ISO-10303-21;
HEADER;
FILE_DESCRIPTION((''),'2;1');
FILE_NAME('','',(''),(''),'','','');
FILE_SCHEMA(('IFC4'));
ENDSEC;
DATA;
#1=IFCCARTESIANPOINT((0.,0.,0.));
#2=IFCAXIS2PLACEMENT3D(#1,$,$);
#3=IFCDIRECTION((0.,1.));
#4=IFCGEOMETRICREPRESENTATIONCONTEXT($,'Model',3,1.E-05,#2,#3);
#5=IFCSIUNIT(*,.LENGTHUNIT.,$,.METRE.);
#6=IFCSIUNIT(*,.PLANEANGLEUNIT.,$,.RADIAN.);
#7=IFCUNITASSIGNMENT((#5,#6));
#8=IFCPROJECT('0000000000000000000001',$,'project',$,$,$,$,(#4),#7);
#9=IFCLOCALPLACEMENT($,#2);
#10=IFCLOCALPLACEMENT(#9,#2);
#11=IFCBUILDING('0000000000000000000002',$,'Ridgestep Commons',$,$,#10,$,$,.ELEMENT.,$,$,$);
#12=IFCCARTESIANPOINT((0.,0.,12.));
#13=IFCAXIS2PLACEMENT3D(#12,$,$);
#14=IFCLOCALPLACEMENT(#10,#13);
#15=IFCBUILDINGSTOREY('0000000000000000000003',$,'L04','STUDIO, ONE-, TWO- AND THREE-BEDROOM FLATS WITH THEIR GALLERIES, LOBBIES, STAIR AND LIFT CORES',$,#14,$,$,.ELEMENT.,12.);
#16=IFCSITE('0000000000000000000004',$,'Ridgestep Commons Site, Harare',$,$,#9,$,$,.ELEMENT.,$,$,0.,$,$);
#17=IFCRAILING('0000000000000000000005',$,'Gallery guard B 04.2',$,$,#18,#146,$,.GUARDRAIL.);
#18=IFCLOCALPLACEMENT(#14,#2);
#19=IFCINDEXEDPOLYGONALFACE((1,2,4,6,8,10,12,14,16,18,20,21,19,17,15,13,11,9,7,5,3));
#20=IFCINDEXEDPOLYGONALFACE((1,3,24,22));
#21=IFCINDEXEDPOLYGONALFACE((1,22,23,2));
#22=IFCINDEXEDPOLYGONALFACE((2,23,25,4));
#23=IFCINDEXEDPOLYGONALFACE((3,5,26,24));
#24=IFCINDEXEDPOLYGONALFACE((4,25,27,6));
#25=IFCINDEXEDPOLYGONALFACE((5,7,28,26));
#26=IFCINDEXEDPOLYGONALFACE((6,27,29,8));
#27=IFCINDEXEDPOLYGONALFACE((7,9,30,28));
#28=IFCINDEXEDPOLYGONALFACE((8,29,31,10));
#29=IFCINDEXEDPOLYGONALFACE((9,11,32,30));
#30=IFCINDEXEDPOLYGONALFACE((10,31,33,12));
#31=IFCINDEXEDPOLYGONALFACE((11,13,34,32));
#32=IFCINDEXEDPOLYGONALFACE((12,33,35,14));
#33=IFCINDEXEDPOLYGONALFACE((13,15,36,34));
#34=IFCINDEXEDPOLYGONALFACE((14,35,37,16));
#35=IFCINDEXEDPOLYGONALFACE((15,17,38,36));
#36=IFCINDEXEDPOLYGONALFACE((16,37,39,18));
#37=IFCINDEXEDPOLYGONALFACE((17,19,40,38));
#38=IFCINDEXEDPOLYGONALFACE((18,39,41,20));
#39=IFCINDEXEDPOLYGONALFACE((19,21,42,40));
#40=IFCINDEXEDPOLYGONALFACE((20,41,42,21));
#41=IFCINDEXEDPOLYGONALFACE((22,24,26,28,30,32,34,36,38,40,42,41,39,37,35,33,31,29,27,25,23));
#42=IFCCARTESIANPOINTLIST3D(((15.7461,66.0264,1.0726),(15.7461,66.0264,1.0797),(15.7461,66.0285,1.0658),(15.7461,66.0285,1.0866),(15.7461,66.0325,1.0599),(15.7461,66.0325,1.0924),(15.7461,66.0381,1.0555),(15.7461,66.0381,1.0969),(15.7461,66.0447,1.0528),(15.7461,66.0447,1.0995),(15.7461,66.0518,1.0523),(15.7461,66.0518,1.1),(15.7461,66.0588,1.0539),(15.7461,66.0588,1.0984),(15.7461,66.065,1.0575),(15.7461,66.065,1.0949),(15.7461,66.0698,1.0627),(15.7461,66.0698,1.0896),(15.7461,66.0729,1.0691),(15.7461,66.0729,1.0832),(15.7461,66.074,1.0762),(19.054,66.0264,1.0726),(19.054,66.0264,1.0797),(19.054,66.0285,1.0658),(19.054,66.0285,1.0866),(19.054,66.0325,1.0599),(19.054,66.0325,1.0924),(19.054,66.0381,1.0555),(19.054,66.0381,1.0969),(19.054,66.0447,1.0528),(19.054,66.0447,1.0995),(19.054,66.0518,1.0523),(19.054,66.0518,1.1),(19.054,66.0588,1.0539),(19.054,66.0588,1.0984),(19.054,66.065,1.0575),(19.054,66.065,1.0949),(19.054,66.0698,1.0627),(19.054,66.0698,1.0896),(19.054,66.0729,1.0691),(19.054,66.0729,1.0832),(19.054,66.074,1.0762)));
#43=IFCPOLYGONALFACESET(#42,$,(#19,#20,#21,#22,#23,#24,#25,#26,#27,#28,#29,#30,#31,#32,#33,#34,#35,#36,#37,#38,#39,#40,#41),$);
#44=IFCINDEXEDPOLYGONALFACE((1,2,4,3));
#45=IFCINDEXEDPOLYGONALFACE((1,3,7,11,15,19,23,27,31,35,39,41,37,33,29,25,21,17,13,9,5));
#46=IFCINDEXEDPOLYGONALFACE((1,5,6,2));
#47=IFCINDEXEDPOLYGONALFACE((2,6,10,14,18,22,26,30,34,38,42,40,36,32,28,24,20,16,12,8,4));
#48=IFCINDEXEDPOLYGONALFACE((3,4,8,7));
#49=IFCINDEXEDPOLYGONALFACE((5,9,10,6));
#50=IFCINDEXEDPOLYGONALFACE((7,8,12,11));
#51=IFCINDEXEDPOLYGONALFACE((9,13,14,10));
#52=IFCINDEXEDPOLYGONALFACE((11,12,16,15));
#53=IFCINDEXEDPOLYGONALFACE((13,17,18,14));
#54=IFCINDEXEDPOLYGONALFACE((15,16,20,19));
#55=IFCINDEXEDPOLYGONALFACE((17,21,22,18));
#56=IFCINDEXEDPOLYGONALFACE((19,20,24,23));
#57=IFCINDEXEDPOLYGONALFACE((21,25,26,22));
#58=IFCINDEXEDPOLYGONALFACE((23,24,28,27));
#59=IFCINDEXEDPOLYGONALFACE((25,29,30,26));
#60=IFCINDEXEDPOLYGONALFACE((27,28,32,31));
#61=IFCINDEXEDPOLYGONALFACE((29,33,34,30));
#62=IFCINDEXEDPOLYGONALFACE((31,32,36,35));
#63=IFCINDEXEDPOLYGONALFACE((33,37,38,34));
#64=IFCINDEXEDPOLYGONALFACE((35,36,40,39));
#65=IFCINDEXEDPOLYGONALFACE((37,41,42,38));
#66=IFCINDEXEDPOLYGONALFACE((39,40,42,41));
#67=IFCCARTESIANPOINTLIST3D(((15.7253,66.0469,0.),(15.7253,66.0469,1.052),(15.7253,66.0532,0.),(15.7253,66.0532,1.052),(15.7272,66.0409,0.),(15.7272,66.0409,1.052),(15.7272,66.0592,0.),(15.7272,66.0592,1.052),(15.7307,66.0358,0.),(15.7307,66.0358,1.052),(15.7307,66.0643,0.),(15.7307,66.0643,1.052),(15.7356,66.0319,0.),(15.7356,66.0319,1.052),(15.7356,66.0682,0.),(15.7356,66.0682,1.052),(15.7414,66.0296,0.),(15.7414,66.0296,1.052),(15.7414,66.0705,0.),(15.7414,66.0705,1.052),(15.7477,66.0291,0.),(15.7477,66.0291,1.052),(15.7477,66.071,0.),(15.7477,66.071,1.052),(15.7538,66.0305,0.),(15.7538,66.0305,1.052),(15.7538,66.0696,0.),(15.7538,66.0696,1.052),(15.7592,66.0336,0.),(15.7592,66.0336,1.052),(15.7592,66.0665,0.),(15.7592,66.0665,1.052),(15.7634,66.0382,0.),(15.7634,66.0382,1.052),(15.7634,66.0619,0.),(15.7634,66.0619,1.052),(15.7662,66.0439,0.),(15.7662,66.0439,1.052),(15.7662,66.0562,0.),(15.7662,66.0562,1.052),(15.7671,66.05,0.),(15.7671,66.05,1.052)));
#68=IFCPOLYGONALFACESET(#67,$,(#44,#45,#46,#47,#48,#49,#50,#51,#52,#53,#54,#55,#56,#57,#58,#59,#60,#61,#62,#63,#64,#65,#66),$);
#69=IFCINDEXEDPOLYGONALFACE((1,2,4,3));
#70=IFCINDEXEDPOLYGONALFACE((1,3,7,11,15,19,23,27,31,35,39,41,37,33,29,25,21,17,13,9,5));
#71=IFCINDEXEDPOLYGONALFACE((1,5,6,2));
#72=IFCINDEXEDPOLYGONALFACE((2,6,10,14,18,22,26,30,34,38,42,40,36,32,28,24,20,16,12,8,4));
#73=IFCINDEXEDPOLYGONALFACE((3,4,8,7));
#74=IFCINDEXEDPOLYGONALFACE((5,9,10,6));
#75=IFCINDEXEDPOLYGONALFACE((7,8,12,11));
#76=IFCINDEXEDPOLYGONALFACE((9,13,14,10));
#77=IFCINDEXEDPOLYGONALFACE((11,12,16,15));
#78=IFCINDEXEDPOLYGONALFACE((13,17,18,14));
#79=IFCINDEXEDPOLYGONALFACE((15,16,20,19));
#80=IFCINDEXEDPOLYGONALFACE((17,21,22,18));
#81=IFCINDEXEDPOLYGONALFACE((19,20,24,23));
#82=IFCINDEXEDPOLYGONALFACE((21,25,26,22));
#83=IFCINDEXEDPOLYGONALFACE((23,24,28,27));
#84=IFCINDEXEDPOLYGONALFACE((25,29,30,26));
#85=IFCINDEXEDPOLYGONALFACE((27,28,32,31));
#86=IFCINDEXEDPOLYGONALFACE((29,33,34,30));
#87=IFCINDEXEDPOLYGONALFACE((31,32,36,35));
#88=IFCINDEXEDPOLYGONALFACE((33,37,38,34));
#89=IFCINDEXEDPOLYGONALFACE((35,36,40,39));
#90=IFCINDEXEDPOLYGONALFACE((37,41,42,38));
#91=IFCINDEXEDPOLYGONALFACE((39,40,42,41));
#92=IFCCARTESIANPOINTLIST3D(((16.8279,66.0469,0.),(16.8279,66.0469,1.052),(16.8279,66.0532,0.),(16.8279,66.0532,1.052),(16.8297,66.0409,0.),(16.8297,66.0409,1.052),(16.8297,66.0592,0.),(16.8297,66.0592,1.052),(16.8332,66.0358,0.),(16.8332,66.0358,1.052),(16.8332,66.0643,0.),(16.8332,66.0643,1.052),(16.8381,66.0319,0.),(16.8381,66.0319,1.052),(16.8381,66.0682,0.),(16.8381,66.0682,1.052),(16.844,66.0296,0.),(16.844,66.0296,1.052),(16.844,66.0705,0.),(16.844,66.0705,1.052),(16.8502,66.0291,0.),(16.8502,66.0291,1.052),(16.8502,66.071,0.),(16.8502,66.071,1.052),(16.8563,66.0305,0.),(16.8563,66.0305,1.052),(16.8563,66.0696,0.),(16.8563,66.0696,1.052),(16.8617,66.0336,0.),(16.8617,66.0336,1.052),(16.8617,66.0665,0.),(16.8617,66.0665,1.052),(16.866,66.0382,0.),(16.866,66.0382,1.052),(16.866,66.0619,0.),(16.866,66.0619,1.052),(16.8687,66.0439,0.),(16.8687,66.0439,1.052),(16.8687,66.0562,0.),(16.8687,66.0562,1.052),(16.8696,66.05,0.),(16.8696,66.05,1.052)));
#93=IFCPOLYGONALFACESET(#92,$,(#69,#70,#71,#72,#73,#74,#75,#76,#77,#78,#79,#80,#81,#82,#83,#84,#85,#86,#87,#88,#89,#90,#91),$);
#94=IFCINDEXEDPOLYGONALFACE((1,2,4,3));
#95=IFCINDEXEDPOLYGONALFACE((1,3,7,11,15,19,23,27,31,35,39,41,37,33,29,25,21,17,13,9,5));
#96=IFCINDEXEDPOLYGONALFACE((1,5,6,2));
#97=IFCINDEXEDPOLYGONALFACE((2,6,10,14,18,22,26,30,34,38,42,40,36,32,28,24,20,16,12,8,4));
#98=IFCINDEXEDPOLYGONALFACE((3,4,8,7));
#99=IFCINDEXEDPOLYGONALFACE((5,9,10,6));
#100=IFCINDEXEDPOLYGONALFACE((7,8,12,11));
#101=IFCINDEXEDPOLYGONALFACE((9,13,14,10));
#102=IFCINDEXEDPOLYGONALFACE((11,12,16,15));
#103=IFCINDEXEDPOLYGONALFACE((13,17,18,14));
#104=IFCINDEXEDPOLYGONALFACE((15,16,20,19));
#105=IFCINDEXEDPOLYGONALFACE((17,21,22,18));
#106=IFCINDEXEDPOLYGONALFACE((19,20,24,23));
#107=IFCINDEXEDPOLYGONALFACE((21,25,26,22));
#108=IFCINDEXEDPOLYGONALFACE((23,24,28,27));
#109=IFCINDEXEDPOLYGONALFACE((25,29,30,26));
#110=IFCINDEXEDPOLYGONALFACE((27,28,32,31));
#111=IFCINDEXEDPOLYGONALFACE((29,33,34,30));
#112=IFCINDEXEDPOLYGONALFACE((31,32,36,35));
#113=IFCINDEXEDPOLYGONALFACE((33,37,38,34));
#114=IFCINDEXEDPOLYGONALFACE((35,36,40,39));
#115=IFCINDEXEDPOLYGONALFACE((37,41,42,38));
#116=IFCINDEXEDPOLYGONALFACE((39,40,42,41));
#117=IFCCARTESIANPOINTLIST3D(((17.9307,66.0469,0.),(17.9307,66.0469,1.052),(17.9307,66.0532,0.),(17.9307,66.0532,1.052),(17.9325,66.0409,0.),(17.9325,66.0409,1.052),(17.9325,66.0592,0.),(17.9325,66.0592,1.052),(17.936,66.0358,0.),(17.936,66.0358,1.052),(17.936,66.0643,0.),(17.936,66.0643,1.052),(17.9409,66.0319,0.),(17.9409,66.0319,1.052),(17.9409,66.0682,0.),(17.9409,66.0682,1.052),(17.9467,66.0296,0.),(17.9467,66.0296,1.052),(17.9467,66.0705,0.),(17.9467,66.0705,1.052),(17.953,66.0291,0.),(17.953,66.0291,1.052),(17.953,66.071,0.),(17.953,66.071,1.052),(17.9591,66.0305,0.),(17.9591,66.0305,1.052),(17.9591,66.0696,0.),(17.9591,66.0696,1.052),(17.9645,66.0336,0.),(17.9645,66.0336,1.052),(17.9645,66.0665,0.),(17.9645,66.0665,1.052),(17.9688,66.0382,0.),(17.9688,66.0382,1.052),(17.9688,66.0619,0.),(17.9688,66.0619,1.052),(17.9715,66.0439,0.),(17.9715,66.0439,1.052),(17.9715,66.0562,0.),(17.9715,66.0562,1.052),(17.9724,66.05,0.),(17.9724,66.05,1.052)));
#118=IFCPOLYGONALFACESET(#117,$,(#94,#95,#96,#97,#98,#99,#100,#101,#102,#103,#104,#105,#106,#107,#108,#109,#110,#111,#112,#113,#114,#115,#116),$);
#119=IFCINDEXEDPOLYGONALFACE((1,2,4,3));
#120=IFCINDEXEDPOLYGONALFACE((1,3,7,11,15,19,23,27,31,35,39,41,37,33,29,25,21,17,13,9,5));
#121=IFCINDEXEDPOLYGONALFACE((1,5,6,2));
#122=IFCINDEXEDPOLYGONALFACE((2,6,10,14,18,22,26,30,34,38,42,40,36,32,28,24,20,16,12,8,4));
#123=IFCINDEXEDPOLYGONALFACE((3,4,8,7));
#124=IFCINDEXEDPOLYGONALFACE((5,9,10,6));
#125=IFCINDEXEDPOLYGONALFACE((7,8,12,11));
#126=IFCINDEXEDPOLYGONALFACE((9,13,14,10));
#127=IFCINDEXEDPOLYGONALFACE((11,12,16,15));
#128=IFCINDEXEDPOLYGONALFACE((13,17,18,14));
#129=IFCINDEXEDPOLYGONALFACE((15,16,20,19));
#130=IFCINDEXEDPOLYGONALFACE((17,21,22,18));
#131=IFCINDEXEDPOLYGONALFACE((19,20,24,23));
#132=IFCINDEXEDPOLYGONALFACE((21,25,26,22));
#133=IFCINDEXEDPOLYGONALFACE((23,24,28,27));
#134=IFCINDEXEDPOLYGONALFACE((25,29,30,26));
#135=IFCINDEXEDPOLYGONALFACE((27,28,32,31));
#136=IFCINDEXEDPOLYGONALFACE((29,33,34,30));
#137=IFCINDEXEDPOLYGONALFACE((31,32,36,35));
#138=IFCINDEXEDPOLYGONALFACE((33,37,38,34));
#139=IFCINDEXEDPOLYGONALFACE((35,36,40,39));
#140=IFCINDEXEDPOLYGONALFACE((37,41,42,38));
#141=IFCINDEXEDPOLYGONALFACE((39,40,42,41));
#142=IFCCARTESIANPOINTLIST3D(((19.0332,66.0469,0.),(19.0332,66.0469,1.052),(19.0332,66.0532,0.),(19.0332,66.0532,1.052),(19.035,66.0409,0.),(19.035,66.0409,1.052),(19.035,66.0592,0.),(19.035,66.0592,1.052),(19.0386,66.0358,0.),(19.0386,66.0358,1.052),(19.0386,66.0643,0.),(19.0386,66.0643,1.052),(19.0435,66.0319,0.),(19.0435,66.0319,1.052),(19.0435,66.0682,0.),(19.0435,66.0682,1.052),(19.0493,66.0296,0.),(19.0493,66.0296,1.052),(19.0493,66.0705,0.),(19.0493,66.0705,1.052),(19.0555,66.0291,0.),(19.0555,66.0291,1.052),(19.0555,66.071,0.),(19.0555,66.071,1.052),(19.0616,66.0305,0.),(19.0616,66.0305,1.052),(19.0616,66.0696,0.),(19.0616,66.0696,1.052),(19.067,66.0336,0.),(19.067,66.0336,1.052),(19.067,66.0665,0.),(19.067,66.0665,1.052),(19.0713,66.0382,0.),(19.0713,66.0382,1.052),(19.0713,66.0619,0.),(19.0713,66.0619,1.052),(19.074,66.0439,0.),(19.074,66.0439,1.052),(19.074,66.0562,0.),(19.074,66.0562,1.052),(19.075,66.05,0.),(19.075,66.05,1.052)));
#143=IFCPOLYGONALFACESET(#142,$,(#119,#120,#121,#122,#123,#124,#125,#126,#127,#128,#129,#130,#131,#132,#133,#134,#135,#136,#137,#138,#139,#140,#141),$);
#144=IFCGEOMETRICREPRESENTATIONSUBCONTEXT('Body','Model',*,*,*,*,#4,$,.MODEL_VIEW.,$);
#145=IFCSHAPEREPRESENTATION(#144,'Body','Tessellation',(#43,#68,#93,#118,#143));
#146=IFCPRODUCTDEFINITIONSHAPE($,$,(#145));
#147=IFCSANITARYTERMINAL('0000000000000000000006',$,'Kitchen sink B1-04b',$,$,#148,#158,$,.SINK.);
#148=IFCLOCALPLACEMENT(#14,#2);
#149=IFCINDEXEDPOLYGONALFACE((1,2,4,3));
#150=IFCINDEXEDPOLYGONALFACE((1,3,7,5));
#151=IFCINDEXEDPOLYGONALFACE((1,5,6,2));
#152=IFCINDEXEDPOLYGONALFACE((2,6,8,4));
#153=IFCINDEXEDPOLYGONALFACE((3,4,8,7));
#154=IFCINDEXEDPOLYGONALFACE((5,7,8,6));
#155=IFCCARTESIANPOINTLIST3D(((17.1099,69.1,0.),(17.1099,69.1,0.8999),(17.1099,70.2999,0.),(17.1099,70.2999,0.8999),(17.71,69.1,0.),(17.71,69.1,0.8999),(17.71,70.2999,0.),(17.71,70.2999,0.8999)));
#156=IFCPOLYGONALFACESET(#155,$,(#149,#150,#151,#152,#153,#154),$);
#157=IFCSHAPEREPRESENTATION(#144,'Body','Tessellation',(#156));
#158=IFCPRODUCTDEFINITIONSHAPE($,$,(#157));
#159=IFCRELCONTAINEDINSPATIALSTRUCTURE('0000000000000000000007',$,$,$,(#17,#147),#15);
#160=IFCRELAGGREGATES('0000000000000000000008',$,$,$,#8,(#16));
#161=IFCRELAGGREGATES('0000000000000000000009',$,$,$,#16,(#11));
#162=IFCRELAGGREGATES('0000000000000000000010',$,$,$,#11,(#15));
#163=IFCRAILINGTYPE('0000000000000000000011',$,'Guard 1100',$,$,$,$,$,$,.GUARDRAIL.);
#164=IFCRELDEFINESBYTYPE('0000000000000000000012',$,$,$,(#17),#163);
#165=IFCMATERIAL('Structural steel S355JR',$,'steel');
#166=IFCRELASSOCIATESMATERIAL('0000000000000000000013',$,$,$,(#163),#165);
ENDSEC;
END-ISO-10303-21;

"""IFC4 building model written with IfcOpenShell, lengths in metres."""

from ifc_helpers import new_model, si_unit, direction, frame, origin, origin_2d, place, context, subcontext, project, spatial, rectangle, circle, extrude, material, type_object, element, save


model = new_model("IFC4")

# Units and contexts
model_context = context("Model", 3, precision=1e-05, world=origin(), true_north=direction((0.0, 1.0)))
body_context = subcontext(model_context, "Body", "Model", "MODEL_VIEW")
ifc_project = project(units=[si_unit("LENGTHUNIT", "METRE"), si_unit("PLANEANGLEUNIT", "RADIAN")], contexts=[model_context])

# Site, building, storey
site_placement = place(None, origin())
site = spatial("IfcSite", under=ifc_project, at=site_placement, Name="Ridgestep Commons Site, Harare", CompositionType="ELEMENT", RefElevation=0.0)
building_placement = place(site_placement, origin())
building = spatial("IfcBuilding", under=site, at=building_placement, Name="Ridgestep Commons", CompositionType="ELEMENT")
storey_placement = place(building_placement, frame((0.0, 0.0, 12.0)))
storey = spatial("IfcBuildingStorey", under=building, at=storey_placement, Name="L04", Description="STUDIO, ONE-, TWO- AND THREE-BEDROOM FLATS WITH THEIR GALLERIES, LOBBIES, STAIR AND LIFT CORES", CompositionType="ELEMENT", Elevation=12.0)

# Railing
ifc_material_1 = material(Name="Structural steel S355JR", Category="steel")
railing_type = type_object("IfcRailingType", Name="Guard 1100", PredefinedType="GUARDRAIL", material=ifc_material_1)
railing_1_placement = place(storey_placement, frame((15.7461, 66.05, 0.0)))
element("IfcRailing", 1, at=railing_1_placement, inside=storey, type_object=railing_type, Name="Gallery guard B 04.2", PredefinedType="GUARDRAIL", context=body_context, shape_type="SweptSolid", body=[
    extrude(circle(Radius=0.0239, at=origin_2d()), frame((0.0, 0.0, 1.0762), z_axis=(1.0, 0.0, 0.0), x_axis=(0.0, 1.0, 0.0)), (0.0, 0.0, 1.0), 3.3079),
    extrude(circle(Radius=0.021, at=origin_2d()), origin(), (0.0, 0.0, 1.0), 1.052),
    extrude(circle(Radius=0.021, at=origin_2d()), frame((1.1025, 0.0, 0.0)), (0.0, 0.0, 1.0), 1.052),
    extrude(circle(Radius=0.021, at=origin_2d()), frame((2.2053, 0.0, 0.0)), (0.0, 0.0, 1.0), 1.052),
    extrude(circle(Radius=0.021, at=origin_2d()), frame((3.3079, 0.0, 0.0)), (0.0, 0.0, 1.0), 1.052),
])

# Sanitary terminal
sanitary_terminal_placement = place(storey_placement, frame((17.4099, 69.7, 0.0), z_axis=(0.0, 0.0, 1.0), x_axis=(1.0, 0.0, 0.0)))
element("IfcSanitaryTerminal", 2, at=sanitary_terminal_placement, inside=storey, Name="Kitchen sink B1-04b", PredefinedType="SINK", context=body_context, shape_type="SweptSolid", body=[
    extrude(rectangle(XDim=0.6001, YDim=1.2, at=origin_2d()), origin(), (0.0, 0.0, 1.0), 0.8999),
])

save(model, "model.ifc")
